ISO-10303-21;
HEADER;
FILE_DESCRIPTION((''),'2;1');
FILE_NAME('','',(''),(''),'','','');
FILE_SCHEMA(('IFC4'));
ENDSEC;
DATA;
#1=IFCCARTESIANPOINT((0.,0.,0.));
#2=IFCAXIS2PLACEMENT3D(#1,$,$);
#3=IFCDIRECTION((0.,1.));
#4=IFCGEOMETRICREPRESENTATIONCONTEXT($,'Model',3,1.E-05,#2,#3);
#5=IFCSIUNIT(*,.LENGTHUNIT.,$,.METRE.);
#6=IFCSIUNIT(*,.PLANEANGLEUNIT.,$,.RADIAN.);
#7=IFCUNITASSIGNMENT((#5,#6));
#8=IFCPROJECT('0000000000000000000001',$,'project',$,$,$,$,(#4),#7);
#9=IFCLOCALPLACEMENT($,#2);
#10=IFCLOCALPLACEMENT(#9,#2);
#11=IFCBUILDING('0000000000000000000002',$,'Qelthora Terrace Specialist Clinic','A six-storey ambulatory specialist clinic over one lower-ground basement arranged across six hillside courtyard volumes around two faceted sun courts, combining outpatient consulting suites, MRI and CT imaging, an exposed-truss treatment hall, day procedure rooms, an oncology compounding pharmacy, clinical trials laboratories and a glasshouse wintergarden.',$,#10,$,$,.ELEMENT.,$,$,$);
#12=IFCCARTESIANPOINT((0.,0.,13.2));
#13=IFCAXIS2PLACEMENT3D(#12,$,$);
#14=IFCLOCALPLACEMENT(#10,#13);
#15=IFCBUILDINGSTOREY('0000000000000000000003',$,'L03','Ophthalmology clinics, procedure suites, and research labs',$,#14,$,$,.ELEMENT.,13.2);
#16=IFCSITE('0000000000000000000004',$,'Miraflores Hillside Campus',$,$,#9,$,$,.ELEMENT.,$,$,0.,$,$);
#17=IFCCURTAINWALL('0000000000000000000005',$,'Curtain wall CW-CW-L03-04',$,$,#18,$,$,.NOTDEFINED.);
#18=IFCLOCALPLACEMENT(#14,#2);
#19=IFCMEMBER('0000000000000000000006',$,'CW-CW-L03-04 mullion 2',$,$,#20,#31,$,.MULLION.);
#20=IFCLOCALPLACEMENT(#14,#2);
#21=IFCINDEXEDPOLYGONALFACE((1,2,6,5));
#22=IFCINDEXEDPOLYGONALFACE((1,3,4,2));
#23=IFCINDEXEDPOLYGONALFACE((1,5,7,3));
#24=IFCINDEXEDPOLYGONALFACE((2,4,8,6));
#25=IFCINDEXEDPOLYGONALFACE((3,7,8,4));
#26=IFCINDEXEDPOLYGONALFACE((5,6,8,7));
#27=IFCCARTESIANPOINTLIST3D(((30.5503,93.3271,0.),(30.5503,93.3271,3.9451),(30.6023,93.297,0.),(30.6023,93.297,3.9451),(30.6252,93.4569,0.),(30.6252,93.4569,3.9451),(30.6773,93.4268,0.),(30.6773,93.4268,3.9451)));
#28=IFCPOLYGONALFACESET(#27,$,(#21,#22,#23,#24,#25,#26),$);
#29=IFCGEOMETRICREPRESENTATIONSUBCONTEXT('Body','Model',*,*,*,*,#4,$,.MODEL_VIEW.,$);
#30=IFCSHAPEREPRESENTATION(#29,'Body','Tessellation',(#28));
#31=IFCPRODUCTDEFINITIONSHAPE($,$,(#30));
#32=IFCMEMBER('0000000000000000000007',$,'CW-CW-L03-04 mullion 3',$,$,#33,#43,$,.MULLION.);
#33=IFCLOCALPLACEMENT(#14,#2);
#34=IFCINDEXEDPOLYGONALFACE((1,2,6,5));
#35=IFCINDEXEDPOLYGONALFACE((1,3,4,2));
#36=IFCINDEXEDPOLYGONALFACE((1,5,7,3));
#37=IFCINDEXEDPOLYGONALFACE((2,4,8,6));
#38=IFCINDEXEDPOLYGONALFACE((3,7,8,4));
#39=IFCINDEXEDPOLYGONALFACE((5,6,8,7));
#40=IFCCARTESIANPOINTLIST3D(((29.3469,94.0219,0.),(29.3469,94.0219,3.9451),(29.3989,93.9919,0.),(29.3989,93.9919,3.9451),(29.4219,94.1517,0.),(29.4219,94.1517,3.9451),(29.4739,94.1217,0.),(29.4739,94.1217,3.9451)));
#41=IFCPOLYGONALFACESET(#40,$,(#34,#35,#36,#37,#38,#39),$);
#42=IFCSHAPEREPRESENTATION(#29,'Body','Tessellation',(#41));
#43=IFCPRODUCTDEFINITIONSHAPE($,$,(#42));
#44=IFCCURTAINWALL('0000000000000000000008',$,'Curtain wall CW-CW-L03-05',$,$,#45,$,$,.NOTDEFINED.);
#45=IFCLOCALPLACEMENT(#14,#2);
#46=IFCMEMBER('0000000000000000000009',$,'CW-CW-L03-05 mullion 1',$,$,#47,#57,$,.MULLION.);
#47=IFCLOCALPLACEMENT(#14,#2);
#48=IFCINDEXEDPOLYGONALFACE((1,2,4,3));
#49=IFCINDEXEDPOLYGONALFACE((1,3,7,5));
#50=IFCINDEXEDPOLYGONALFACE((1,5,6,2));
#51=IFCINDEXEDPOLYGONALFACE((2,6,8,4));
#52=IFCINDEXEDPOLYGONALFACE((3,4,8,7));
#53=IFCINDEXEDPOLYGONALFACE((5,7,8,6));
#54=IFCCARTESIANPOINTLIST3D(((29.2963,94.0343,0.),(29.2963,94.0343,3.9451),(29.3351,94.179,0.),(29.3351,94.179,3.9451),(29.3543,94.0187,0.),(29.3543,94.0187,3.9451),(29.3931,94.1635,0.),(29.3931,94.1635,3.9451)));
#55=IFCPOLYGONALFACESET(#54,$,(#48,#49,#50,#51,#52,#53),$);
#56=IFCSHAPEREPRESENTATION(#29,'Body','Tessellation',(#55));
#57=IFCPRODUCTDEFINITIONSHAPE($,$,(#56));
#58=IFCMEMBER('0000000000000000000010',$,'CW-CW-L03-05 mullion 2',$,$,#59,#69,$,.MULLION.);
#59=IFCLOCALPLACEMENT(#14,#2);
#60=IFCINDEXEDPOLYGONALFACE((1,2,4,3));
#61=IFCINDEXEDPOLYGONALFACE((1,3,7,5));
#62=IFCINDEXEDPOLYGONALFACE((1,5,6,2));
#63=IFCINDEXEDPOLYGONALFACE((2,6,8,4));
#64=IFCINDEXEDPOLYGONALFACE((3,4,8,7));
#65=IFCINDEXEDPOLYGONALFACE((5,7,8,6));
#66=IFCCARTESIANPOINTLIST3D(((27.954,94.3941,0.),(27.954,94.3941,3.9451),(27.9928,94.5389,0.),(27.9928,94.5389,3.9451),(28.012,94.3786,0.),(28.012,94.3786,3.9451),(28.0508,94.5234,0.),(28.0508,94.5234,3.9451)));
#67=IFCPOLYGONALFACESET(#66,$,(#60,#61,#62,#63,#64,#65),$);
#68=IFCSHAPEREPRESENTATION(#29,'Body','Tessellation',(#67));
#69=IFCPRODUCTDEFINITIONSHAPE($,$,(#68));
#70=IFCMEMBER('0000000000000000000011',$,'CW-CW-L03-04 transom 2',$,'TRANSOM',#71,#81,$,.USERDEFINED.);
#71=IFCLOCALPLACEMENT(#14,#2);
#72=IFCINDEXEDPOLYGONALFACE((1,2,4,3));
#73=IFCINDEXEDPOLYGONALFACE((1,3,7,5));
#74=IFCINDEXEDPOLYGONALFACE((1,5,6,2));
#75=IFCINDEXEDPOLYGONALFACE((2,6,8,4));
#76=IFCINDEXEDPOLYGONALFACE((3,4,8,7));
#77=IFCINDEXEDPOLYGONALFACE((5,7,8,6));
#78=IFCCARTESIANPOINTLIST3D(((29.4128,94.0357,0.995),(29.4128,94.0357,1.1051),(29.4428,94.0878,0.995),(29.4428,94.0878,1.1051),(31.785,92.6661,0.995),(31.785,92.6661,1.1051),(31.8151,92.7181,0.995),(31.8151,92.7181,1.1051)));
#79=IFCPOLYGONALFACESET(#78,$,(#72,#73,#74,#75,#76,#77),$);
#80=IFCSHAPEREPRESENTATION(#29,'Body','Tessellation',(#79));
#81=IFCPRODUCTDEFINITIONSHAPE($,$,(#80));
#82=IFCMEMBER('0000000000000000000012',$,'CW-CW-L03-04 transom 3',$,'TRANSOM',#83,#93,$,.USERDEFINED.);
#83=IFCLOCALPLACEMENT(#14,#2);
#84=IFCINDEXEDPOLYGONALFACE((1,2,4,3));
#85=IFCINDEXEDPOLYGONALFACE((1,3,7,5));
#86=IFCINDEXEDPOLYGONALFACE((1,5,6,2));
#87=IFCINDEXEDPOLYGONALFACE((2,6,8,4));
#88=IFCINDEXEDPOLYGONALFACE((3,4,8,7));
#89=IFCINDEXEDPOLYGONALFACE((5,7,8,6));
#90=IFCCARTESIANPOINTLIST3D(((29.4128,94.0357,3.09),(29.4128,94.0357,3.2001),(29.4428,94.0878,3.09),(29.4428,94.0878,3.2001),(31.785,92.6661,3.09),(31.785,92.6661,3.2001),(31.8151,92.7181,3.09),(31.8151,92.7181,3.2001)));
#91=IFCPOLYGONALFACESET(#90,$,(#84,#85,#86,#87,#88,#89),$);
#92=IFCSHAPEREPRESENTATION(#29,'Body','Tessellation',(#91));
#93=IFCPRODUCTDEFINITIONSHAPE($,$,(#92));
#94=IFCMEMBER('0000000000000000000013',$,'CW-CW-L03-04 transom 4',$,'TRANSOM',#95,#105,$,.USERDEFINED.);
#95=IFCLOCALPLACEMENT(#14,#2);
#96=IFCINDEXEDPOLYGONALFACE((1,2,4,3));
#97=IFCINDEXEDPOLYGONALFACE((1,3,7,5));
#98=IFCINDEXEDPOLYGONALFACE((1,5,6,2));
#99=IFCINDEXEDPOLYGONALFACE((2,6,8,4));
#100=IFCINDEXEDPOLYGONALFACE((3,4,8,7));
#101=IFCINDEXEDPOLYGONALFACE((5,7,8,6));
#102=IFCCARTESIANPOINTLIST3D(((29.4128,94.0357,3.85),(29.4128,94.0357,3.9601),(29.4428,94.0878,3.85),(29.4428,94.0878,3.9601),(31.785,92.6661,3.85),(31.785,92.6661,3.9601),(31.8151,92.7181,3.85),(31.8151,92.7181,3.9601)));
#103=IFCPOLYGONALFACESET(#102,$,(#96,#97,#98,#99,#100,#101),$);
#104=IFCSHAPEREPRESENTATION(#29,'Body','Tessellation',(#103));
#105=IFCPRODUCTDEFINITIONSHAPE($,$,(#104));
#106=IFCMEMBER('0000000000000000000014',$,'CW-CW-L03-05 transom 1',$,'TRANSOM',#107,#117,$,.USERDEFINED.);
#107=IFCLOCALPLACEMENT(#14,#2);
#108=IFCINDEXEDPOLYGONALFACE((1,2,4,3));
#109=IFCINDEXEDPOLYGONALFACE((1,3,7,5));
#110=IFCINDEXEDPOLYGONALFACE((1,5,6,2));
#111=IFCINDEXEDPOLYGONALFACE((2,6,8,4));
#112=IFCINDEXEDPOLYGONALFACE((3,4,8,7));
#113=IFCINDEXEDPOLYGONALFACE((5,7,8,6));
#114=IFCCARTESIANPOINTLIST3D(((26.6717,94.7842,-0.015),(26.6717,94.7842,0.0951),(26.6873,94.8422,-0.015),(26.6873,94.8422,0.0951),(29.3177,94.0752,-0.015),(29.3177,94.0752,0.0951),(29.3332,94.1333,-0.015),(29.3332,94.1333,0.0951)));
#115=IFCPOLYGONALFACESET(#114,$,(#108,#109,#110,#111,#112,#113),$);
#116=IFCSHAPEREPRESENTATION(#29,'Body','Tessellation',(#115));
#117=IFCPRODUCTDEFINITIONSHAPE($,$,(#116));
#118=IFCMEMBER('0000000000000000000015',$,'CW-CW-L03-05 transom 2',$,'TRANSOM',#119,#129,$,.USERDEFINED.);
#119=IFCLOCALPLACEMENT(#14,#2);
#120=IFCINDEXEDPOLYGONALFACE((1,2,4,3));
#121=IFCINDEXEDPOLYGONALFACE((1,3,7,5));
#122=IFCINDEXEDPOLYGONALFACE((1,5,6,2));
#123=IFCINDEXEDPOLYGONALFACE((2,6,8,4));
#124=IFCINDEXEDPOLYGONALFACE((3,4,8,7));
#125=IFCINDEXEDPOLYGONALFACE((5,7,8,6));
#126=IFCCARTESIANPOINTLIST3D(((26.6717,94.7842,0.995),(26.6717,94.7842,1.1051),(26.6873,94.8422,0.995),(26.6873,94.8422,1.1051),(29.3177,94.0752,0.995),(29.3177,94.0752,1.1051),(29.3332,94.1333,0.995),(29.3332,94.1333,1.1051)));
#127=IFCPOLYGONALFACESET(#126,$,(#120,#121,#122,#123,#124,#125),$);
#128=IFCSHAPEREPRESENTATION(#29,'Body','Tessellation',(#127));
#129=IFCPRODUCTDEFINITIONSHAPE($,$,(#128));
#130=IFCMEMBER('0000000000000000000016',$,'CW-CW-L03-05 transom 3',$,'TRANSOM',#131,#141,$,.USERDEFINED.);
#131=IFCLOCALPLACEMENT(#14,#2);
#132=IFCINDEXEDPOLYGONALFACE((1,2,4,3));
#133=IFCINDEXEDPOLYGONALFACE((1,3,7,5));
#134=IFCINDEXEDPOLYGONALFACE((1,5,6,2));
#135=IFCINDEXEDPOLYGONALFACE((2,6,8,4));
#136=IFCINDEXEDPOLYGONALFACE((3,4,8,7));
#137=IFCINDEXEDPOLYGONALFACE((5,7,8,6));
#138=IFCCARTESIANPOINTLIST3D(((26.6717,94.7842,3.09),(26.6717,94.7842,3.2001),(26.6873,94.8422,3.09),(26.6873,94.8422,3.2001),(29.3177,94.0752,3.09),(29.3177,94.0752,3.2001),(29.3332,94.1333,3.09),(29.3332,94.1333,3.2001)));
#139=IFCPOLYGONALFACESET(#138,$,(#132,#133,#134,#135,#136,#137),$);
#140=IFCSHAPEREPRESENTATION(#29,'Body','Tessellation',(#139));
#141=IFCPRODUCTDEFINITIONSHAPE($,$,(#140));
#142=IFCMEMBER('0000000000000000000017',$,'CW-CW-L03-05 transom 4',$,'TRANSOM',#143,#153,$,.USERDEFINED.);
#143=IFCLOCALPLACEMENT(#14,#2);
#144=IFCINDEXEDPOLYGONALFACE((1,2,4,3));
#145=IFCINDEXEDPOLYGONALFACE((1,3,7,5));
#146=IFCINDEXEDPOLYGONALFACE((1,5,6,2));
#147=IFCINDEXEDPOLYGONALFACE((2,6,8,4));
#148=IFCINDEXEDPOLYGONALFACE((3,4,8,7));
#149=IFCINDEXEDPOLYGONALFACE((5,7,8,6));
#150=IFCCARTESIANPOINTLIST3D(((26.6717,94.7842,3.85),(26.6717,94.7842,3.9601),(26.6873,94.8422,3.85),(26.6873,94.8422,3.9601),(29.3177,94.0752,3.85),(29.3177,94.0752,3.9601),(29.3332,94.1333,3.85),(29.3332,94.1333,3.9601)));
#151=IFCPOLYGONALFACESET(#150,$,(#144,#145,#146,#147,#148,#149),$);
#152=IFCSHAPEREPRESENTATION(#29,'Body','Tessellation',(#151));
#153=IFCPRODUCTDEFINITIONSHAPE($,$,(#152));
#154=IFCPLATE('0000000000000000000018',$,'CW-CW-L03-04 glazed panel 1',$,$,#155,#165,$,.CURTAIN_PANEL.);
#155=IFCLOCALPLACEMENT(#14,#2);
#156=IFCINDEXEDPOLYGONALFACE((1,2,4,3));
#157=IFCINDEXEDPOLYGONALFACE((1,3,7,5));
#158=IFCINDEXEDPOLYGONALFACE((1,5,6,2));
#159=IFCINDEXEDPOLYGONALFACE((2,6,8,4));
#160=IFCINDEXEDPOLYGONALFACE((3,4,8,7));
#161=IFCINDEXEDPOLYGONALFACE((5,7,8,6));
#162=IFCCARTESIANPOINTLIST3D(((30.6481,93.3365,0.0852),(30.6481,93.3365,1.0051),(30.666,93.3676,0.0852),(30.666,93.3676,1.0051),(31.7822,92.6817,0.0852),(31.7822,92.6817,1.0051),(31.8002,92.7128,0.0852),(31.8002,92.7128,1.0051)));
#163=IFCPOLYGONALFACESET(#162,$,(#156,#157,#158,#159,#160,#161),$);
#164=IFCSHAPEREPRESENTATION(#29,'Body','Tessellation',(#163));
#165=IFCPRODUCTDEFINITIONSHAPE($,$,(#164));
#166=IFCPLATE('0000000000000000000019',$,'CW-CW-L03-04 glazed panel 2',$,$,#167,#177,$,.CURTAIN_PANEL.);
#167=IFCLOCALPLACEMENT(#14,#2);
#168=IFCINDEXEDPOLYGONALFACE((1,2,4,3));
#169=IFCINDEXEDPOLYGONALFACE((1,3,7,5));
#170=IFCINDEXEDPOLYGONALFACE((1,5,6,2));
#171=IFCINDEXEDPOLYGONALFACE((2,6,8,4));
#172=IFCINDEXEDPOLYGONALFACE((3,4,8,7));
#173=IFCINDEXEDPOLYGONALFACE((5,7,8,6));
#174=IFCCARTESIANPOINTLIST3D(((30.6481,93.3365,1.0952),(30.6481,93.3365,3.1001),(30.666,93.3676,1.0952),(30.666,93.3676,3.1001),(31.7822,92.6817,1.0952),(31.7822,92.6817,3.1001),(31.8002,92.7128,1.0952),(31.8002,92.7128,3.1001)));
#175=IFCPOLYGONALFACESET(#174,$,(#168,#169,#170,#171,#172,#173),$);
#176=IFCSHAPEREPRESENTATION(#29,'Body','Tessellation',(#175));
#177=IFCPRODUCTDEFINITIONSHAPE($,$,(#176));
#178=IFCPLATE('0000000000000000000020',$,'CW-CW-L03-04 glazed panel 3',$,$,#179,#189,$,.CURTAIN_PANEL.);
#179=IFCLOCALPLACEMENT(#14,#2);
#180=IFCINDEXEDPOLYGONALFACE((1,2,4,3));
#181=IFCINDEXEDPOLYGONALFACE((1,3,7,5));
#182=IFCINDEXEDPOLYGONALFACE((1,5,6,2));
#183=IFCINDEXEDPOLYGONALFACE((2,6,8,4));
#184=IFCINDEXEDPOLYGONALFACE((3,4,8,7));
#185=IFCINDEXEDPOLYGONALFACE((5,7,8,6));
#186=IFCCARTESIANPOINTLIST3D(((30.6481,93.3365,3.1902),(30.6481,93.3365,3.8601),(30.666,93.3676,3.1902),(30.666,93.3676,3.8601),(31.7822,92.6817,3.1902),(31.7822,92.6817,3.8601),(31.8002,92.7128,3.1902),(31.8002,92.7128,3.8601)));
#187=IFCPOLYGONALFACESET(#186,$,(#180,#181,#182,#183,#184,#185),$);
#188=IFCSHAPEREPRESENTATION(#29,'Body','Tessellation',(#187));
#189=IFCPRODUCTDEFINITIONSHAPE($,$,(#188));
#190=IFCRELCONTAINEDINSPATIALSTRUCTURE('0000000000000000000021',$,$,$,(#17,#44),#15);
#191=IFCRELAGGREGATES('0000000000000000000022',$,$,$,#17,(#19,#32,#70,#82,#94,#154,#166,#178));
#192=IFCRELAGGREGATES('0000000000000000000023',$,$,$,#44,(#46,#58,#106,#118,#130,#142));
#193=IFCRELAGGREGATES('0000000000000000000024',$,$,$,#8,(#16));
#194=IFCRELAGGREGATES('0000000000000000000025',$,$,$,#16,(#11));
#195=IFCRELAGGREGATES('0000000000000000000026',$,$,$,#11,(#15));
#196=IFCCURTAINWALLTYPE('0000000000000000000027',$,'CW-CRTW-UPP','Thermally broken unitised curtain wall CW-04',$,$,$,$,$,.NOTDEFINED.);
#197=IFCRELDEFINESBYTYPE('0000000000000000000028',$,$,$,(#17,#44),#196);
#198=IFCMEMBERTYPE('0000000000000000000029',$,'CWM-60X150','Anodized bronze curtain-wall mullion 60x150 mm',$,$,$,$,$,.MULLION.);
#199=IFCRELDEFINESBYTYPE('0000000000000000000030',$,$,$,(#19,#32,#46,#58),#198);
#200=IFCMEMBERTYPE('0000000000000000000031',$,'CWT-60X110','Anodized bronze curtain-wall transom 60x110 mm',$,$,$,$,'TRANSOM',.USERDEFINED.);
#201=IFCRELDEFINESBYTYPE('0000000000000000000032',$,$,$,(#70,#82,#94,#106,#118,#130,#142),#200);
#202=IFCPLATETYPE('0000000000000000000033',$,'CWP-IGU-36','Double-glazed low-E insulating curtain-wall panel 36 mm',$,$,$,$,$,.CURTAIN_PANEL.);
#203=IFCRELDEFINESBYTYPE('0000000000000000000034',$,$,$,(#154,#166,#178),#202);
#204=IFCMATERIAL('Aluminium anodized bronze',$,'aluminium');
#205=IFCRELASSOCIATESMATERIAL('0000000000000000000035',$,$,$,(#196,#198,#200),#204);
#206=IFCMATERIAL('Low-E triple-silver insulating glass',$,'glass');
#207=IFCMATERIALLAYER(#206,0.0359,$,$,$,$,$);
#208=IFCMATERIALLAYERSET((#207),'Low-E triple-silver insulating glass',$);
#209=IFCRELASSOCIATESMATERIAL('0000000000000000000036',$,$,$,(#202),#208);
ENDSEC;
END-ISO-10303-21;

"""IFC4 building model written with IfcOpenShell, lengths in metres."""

from ifc_helpers import new_model, si_unit, direction, frame, origin, origin_2d, place, context, subcontext, project, spatial, rectangle, extrude, material, layer, layer_set, material_profile, profile_set, type_object, element, aggregate, save


model = new_model("IFC4")

# Units and contexts
model_context = context("Model", 3, precision=1e-05, world=origin(), true_north=direction((0.0, 1.0)))
body_context = subcontext(model_context, "Body", "Model", "MODEL_VIEW")
ifc_project = project(units=[si_unit("LENGTHUNIT", "METRE"), si_unit("PLANEANGLEUNIT", "RADIAN")], contexts=[model_context])

# Site, building, storey
site_placement = place(None, origin())
site = spatial("IfcSite", under=ifc_project, at=site_placement, Name="Miraflores Hillside Campus", CompositionType="ELEMENT", RefElevation=0.0)
building_placement = place(site_placement, origin())
building = spatial("IfcBuilding", under=site, at=building_placement, Name="Qelthora Terrace Specialist Clinic", Description="A six-storey ambulatory specialist clinic over one lower-ground basement arranged across six hillside courtyard volumes around two faceted sun courts, combining outpatient consulting suites, MRI and CT imaging, an exposed-truss treatment hall, day procedure rooms, an oncology compounding pharmacy, clinical trials laboratories and a glasshouse wintergarden.", CompositionType="ELEMENT")
storey_placement = place(building_placement, frame((0.0, 0.0, 13.2)))
storey = spatial("IfcBuildingStorey", under=building, at=storey_placement, Name="L03", Description="Ophthalmology clinics, procedure suites, and research labs", CompositionType="ELEMENT", Elevation=13.2)

# Curtain walls, members
ifc_material_1 = material(Name="Aluminium anodized bronze", Category="aluminium")
curtain_wall_type = type_object("IfcCurtainWallType", Name="CW-CRTW-UPP", Description="Thermally broken unitised curtain wall CW-04", PredefinedType="NOTDEFINED", material=ifc_material_1)
curtain_wall_1_placement = place(storey_placement, origin())
curtain_wall_1 = element("IfcCurtainWall", 1, at=curtain_wall_1_placement, inside=storey, type_object=curtain_wall_type, Name="Curtain wall CW-CW-L03-04", PredefinedType="NOTDEFINED")
ifc_material_profile_1 = material_profile(ifc_material_1, rectangle(XDim=0.0601, YDim=0.1499, at=origin_2d()), Name="CWM60X150")
ifc_profile_set_1 = profile_set([ifc_material_profile_1], Name="Aluminium anodized bronze")
member_type_1 = type_object("IfcMemberType", Name="CWM-60X150", Description="Anodized bronze curtain-wall mullion 60x150 mm", PredefinedType="MULLION", material=ifc_profile_set_1)
member_1_placement = place(storey_placement, frame((30.6138, 93.377, 0.0), z_axis=(0.0, 0.0, 1.0), x_axis=(-0.866026, 0.5, 0.0)))
member_1 = element("IfcMember", 2, at=member_1_placement, type_object=member_type_1, Name="CW-CW-L03-04 mullion 2", PredefinedType="MULLION", context=body_context, shape_type="SweptSolid", body=[
    extrude(rectangle(XDim=0.0601, YDim=0.1499, at=origin_2d()), origin(), (0.0, 0.0, 1.0), 3.9451),
])
member_2_placement = place(storey_placement, frame((29.4104, 94.0718, 0.0), z_axis=(0.0, 0.0, 1.0), x_axis=(-0.866026, 0.5, 0.0)))
member_2 = element("IfcMember", 3, at=member_2_placement, type_object=member_type_1, Name="CW-CW-L03-04 mullion 3", PredefinedType="MULLION", context=body_context, shape_type="SweptSolid", body=[
    extrude(rectangle(XDim=0.0601, YDim=0.1499, at=origin_2d()), origin(), (0.0, 0.0, 1.0), 3.9451),
])
curtain_wall_2_placement = place(storey_placement, origin())
curtain_wall_2 = element("IfcCurtainWall", 4, at=curtain_wall_2_placement, inside=storey, type_object=curtain_wall_type, Name="Curtain wall CW-CW-L03-05", PredefinedType="NOTDEFINED")
member_3_placement = place(storey_placement, frame((29.3447, 94.0989, 0.0), z_axis=(0.0, 0.0, 1.0), x_axis=(-0.965925, 0.25882, 0.0)))
member_3 = element("IfcMember", 5, at=member_3_placement, type_object=member_type_1, Name="CW-CW-L03-05 mullion 1", PredefinedType="MULLION", context=body_context, shape_type="SweptSolid", body=[
    extrude(rectangle(XDim=0.0601, YDim=0.1499, at=origin_2d()), origin(), (0.0, 0.0, 1.0), 3.9451),
])
member_4_placement = place(storey_placement, frame((28.0024, 94.4587, 0.0), z_axis=(0.0, 0.0, 1.0), x_axis=(-0.965925, 0.25882, 0.0)))
member_4 = element("IfcMember", 6, at=member_4_placement, type_object=member_type_1, Name="CW-CW-L03-05 mullion 2", PredefinedType="MULLION", context=body_context, shape_type="SweptSolid", body=[
    extrude(rectangle(XDim=0.0601, YDim=0.1499, at=origin_2d()), origin(), (0.0, 0.0, 1.0), 3.9451),
])

# Members
ifc_material_profile_2 = material_profile(ifc_material_1, rectangle(XDim=0.0601, YDim=0.1101, at=origin_2d()), Name="CWT60X110")
ifc_profile_set_2 = profile_set([ifc_material_profile_2], Name="Aluminium anodized bronze")
member_type_2 = type_object("IfcMemberType", Name="CWT-60X110", Description="Anodized bronze curtain-wall transom 60x110 mm", ElementType="TRANSOM", PredefinedType="USERDEFINED", material=ifc_profile_set_2)
member_5_placement = place(storey_placement, frame((31.8, 92.6921, 1.05), z_axis=(-0.86603, 0.499992, 0.0), x_axis=(-0.499992, -0.86603, 0.0)))
member_5 = element("IfcMember", 7, at=member_5_placement, type_object=member_type_2, Name="CW-CW-L03-04 transom 2", ObjectType="TRANSOM", PredefinedType="USERDEFINED", context=body_context, shape_type="SweptSolid", body=[
    extrude(rectangle(XDim=0.0601, YDim=0.1101, at=origin_2d()), origin(), (0.0, 0.0, 1.0), 2.7393),
])
member_6_placement = place(storey_placement, frame((31.8, 92.6921, 3.145), z_axis=(-0.86603, 0.499992, 0.0), x_axis=(-0.499992, -0.86603, 0.0)))
member_6 = element("IfcMember", 8, at=member_6_placement, type_object=member_type_2, Name="CW-CW-L03-04 transom 3", ObjectType="TRANSOM", PredefinedType="USERDEFINED", context=body_context, shape_type="SweptSolid", body=[
    extrude(rectangle(XDim=0.0601, YDim=0.1101, at=origin_2d()), origin(), (0.0, 0.0, 1.0), 2.7393),
])
member_7_placement = place(storey_placement, frame((31.8, 92.6921, 3.905), z_axis=(-0.86603, 0.499992, 0.0), x_axis=(-0.499992, -0.86603, 0.0)))
member_7 = element("IfcMember", 9, at=member_7_placement, type_object=member_type_2, Name="CW-CW-L03-04 transom 4", ObjectType="TRANSOM", PredefinedType="USERDEFINED", context=body_context, shape_type="SweptSolid", body=[
    extrude(rectangle(XDim=0.0601, YDim=0.1101, at=origin_2d()), origin(), (0.0, 0.0, 1.0), 2.7393),
])
member_8_placement = place(storey_placement, frame((29.3254, 94.1042, 0.04), z_axis=(-0.965927, 0.258816, 0.0), x_axis=(-0.258816, -0.965927, 0.0)))
member_8 = element("IfcMember", 10, at=member_8_placement, type_object=member_type_2, Name="CW-CW-L03-05 transom 1", ObjectType="TRANSOM", PredefinedType="USERDEFINED", context=body_context, shape_type="SweptSolid", body=[
    extrude(rectangle(XDim=0.0601, YDim=0.1101, at=origin_2d()), origin(), (0.0, 0.0, 1.0), 2.7393),
])
member_9_placement = place(storey_placement, frame((29.3254, 94.1042, 1.05), z_axis=(-0.965927, 0.258816, 0.0), x_axis=(-0.258816, -0.965927, 0.0)))
member_9 = element("IfcMember", 11, at=member_9_placement, type_object=member_type_2, Name="CW-CW-L03-05 transom 2", ObjectType="TRANSOM", PredefinedType="USERDEFINED", context=body_context, shape_type="SweptSolid", body=[
    extrude(rectangle(XDim=0.0601, YDim=0.1101, at=origin_2d()), origin(), (0.0, 0.0, 1.0), 2.7393),
])
member_10_placement = place(storey_placement, frame((29.3254, 94.1042, 3.145), z_axis=(-0.965927, 0.258816, 0.0), x_axis=(-0.258816, -0.965927, 0.0)))
member_10 = element("IfcMember", 12, at=member_10_placement, type_object=member_type_2, Name="CW-CW-L03-05 transom 3", ObjectType="TRANSOM", PredefinedType="USERDEFINED", context=body_context, shape_type="SweptSolid", body=[
    extrude(rectangle(XDim=0.0601, YDim=0.1101, at=origin_2d()), origin(), (0.0, 0.0, 1.0), 2.7393),
])
member_11_placement = place(storey_placement, frame((29.3254, 94.1042, 3.905), z_axis=(-0.965927, 0.258816, 0.0), x_axis=(-0.258816, -0.965927, 0.0)))
member_11 = element("IfcMember", 13, at=member_11_placement, type_object=member_type_2, Name="CW-CW-L03-05 transom 4", ObjectType="TRANSOM", PredefinedType="USERDEFINED", context=body_context, shape_type="SweptSolid", body=[
    extrude(rectangle(XDim=0.0601, YDim=0.1101, at=origin_2d()), origin(), (0.0, 0.0, 1.0), 2.7393),
])

# Plates
ifc_material_2 = material(Name="Low-E triple-silver insulating glass", Category="glass")
ifc_layer = layer(ifc_material_2, 0.0359)
ifc_layer_set = layer_set([ifc_layer], Name="Low-E triple-silver insulating glass")
plate_type = type_object("IfcPlateType", Name="CWP-IGU-36", Description="Double-glazed low-E insulating curtain-wall panel 36 mm", PredefinedType="CURTAIN_PANEL", material=ifc_layer_set)
plate_1_placement = place(storey_placement, frame((31.2241, 93.0247, 0.0852), z_axis=(0.0, 0.0, 1.0), x_axis=(-0.866025, 0.5, 0.0)))
plate_1 = element("IfcPlate", 14, at=plate_1_placement, type_object=plate_type, Name="CW-CW-L03-04 glazed panel 1", PredefinedType="CURTAIN_PANEL", context=body_context, shape_type="SweptSolid", body=[
    extrude(rectangle(XDim=1.3096, YDim=0.0359, at=origin_2d()), origin(), (0.0, 0.0, 1.0), 0.9199),
])
plate_2_placement = place(storey_placement, frame((31.2241, 93.0247, 1.0952), z_axis=(0.0, 0.0, 1.0), x_axis=(-0.866025, 0.5, 0.0)))
plate_2 = element("IfcPlate", 15, at=plate_2_placement, type_object=plate_type, Name="CW-CW-L03-04 glazed panel 2", PredefinedType="CURTAIN_PANEL", context=body_context, shape_type="SweptSolid", body=[
    extrude(rectangle(XDim=1.3096, YDim=0.0359, at=origin_2d()), origin(), (0.0, 0.0, 1.0), 2.0049),
])
plate_3_placement = place(storey_placement, frame((31.2241, 93.0247, 3.1902), z_axis=(0.0, 0.0, 1.0), x_axis=(-0.866025, 0.5, 0.0)))
plate_3 = element("IfcPlate", 16, at=plate_3_placement, type_object=plate_type, Name="CW-CW-L03-04 glazed panel 3", PredefinedType="CURTAIN_PANEL", context=body_context, shape_type="SweptSolid", body=[
    extrude(rectangle(XDim=1.3096, YDim=0.0359, at=origin_2d()), origin(), (0.0, 0.0, 1.0), 0.6699),
])
aggregate(curtain_wall_1, [member_1, member_2, member_5, member_6, member_7, plate_1, plate_2, plate_3])
aggregate(curtain_wall_2, [member_3, member_4, member_8, member_9, member_10, member_11])

save(model, "model.ifc")
